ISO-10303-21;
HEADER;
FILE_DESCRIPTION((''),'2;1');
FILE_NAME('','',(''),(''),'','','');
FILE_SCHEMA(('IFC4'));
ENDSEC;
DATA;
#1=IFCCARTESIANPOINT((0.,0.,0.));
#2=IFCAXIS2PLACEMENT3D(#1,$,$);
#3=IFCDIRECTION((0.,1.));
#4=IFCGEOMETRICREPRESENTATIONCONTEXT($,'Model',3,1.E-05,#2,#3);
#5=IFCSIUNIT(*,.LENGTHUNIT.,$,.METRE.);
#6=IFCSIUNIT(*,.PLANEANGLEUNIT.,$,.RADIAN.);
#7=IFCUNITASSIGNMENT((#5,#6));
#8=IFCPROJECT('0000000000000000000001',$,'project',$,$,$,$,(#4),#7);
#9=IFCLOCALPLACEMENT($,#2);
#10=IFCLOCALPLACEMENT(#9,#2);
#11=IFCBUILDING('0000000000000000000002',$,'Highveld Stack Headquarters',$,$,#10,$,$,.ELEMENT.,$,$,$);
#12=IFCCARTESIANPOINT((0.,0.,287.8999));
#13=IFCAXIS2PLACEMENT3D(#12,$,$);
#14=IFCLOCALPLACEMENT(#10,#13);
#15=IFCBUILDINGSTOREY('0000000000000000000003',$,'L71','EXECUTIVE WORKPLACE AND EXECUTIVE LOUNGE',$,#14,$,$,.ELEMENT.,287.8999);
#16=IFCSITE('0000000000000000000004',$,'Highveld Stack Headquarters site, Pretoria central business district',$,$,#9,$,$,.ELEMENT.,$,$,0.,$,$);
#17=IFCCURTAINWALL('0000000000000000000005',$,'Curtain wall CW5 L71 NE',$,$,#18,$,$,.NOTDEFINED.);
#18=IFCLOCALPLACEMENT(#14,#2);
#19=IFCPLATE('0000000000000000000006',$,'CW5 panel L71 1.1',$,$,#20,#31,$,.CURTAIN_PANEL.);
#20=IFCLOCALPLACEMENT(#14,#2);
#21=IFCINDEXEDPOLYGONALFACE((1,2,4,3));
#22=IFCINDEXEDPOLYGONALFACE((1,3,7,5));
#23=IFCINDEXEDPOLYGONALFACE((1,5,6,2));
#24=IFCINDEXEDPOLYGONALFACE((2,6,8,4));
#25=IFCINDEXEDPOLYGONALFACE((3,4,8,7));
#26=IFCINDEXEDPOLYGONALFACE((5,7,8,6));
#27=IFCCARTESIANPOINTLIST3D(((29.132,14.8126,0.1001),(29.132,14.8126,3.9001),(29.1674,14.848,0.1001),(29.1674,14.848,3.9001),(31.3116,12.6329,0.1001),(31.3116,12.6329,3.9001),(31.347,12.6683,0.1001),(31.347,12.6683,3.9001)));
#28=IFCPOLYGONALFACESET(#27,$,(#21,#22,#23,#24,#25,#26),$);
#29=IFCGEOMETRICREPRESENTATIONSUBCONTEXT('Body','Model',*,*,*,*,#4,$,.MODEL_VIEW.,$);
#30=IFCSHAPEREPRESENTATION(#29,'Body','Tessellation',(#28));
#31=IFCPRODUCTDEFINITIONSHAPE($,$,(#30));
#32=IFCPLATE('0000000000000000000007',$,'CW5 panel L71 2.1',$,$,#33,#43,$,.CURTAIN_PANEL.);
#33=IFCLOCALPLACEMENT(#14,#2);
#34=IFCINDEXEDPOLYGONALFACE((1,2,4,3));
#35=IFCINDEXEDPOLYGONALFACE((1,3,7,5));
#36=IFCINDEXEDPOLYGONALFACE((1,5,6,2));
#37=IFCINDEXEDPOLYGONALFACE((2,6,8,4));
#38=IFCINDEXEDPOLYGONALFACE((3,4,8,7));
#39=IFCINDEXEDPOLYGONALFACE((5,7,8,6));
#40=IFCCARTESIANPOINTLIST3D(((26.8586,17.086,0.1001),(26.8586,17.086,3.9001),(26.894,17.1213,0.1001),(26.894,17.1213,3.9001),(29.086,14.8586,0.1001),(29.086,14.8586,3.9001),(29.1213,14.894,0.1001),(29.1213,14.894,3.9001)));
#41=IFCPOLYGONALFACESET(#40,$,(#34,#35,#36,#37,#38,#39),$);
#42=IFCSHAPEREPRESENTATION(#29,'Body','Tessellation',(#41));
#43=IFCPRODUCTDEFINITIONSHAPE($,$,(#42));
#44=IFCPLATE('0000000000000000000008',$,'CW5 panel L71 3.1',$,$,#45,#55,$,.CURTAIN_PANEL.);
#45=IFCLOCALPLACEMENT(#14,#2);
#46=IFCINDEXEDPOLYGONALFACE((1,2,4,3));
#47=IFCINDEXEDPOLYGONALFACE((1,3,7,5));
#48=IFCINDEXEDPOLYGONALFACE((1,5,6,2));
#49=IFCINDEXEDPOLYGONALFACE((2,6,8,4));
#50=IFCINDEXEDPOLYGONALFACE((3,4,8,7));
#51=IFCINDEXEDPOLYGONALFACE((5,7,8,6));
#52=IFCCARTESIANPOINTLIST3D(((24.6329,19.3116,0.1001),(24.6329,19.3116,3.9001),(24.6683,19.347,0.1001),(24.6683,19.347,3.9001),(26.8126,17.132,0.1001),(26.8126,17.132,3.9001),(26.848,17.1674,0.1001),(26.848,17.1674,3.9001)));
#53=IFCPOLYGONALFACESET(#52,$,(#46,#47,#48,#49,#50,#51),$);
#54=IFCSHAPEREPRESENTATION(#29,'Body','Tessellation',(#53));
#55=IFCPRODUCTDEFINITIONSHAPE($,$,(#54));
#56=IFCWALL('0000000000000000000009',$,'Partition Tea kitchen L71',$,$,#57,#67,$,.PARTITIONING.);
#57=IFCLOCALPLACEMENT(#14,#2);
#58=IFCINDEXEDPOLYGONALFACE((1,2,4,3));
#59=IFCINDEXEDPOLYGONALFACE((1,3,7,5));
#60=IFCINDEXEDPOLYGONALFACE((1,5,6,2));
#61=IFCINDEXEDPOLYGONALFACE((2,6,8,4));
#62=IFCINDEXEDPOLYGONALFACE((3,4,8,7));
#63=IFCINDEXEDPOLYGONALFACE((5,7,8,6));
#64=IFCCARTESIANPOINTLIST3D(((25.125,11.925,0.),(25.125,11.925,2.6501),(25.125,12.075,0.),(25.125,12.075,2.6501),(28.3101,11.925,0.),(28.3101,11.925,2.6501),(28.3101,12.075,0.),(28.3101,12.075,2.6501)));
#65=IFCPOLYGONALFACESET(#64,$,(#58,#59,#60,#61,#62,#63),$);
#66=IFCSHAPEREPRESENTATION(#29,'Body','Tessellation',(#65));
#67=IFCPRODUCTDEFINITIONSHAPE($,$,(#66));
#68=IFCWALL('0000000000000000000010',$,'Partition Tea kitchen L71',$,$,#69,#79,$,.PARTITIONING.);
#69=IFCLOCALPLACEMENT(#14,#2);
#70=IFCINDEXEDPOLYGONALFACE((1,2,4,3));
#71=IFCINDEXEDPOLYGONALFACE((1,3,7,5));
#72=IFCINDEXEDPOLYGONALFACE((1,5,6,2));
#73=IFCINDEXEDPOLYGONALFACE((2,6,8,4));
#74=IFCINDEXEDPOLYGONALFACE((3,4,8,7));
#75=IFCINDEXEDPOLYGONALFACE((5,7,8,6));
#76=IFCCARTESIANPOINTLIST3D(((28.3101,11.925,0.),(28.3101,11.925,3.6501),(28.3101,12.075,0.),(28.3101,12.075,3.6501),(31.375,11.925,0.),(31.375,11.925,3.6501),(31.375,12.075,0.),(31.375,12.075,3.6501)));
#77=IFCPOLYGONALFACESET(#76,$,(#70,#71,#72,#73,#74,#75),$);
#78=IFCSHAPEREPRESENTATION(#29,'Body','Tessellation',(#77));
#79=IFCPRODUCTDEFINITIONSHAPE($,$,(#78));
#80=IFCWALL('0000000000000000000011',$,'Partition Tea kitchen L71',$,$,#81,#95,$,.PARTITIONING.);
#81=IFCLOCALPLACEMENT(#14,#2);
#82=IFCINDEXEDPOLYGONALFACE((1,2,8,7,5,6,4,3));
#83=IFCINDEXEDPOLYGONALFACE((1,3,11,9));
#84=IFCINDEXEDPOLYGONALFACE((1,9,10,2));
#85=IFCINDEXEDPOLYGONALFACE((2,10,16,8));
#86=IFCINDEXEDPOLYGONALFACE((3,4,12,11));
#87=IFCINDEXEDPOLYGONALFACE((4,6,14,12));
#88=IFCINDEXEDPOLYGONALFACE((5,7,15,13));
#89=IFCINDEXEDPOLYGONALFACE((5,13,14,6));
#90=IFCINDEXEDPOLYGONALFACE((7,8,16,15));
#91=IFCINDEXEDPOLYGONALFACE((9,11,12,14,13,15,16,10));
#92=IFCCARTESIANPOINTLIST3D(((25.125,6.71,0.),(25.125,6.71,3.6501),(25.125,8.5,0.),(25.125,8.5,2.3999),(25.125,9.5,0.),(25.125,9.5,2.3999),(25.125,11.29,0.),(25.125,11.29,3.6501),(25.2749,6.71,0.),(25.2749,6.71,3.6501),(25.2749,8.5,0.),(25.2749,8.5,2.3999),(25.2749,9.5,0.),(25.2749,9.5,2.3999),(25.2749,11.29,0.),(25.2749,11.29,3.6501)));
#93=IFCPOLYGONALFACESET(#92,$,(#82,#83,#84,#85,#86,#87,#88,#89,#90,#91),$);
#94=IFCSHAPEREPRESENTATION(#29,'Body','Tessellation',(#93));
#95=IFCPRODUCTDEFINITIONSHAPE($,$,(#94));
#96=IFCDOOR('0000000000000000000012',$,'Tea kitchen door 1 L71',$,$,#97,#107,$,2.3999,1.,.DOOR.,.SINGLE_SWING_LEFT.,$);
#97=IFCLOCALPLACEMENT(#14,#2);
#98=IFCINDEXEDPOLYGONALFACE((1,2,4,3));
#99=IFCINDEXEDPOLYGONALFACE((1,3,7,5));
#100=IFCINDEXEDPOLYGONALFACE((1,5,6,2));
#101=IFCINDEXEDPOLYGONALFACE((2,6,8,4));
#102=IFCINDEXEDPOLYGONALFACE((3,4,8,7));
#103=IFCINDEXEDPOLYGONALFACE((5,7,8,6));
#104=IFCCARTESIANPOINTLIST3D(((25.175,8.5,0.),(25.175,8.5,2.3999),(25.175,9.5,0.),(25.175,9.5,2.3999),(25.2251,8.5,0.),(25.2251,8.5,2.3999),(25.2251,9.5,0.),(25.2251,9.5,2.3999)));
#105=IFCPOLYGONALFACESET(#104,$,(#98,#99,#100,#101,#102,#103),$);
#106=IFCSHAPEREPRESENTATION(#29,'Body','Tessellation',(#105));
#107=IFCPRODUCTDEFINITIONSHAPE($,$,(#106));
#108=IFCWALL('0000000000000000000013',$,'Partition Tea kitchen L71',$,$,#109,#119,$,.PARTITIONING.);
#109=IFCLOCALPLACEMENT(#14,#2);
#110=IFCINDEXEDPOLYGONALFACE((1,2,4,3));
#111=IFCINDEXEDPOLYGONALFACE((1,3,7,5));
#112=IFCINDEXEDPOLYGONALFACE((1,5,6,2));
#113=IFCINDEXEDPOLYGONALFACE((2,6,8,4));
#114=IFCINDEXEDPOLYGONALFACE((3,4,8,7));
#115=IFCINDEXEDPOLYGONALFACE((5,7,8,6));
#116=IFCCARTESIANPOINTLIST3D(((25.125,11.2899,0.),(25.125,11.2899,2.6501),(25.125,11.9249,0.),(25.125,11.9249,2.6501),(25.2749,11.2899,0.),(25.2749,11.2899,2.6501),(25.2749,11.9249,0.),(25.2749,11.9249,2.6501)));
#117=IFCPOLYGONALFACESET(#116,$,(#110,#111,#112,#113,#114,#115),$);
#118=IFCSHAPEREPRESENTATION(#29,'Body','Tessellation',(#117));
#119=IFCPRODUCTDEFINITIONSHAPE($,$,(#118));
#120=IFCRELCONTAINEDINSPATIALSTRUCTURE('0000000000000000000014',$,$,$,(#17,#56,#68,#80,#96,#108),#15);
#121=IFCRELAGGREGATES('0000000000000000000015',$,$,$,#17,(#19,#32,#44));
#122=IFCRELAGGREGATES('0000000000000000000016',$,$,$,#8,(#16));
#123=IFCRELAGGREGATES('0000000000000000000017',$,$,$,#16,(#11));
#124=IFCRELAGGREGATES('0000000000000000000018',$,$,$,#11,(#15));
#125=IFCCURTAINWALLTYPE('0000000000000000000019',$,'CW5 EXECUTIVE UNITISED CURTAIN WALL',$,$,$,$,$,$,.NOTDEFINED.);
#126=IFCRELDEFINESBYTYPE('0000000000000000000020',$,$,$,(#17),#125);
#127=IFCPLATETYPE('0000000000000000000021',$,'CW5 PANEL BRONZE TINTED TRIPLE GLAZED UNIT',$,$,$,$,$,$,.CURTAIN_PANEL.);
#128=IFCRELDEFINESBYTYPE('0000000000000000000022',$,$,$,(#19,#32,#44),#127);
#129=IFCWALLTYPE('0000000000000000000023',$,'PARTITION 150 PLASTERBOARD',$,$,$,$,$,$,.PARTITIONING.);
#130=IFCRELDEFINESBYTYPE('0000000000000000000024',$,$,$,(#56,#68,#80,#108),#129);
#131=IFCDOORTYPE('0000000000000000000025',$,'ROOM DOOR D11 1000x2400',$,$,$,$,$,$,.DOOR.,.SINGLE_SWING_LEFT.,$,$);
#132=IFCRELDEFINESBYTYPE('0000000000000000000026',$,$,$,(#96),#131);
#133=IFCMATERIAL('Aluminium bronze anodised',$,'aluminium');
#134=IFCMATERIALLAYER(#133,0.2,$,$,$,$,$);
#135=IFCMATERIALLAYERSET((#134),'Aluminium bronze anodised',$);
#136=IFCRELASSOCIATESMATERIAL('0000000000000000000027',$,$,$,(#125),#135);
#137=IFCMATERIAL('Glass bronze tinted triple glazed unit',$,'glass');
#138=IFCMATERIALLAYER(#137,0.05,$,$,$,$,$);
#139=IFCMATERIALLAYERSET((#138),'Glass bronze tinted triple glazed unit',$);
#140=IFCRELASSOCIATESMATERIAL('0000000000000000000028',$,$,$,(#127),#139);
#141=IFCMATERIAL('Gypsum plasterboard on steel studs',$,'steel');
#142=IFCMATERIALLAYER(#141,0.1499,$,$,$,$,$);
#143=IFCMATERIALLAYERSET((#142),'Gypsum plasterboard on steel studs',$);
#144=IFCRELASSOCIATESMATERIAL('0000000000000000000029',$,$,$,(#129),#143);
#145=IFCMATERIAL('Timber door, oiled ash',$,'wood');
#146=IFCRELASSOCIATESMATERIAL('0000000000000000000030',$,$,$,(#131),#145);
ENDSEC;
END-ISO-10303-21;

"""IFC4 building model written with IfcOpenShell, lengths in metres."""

from ifc_helpers import new_model, si_unit, direction, frame, frame_2d, origin, origin_2d, place, context, subcontext, project, spatial, rectangle, extrude, material, layer, layer_set, type_object, element, fill, aggregate, save


model = new_model("IFC4")

# Units and contexts
model_context = context("Model", 3, precision=1e-05, world=origin(), true_north=direction((0.0, 1.0)))
body_context = subcontext(model_context, "Body", "Model", "MODEL_VIEW")
ifc_project = project(units=[si_unit("LENGTHUNIT", "METRE"), si_unit("PLANEANGLEUNIT", "RADIAN")], contexts=[model_context])

# Site, building, storey
site_placement = place(None, origin())
site = spatial("IfcSite", under=ifc_project, at=site_placement, Name="Highveld Stack Headquarters site, Pretoria central business district", CompositionType="ELEMENT", RefElevation=0.0)
building_placement = place(site_placement, origin())
building = spatial("IfcBuilding", under=site, at=building_placement, Name="Highveld Stack Headquarters", CompositionType="ELEMENT")
storey_placement = place(building_placement, frame((0.0, 0.0, 287.8999)))
storey = spatial("IfcBuildingStorey", under=building, at=storey_placement, Name="L71", Description="EXECUTIVE WORKPLACE AND EXECUTIVE LOUNGE", CompositionType="ELEMENT", Elevation=287.8999)

# Curtain wall
ifc_material_1 = material(Name="Aluminium bronze anodised", Category="aluminium")
ifc_layer_1 = layer(ifc_material_1, 0.2)
ifc_layer_set_1 = layer_set([ifc_layer_1], Name="Aluminium bronze anodised")
curtain_wall_type = type_object("IfcCurtainWallType", Name="CW5 EXECUTIVE UNITISED CURTAIN WALL", PredefinedType="NOTDEFINED", material=ifc_layer_set_1)
curtain_wall_1_placement = place(storey_placement, origin())
curtain_wall_1 = element("IfcCurtainWall", 1, at=curtain_wall_1_placement, inside=storey, type_object=curtain_wall_type, Name="Curtain wall CW5 L71 NE", PredefinedType="NOTDEFINED")

# Plates
ifc_material_2 = material(Name="Glass bronze tinted triple glazed unit", Category="glass")
ifc_layer_2 = layer(ifc_material_2, 0.05)
ifc_layer_set_2 = layer_set([ifc_layer_2], Name="Glass bronze tinted triple glazed unit")
plate_type = type_object("IfcPlateType", Name="CW5 PANEL BRONZE TINTED TRIPLE GLAZED UNIT", PredefinedType="CURTAIN_PANEL", material=ifc_layer_set_2)
plate_1_placement = place(storey_placement, frame((30.2395, 13.7405, 0.1001), z_axis=(0.0, 0.0, 1.0), x_axis=(-0.707107, 0.707107, 0.0)))
plate_1 = element("IfcPlate", 2, at=plate_1_placement, type_object=plate_type, Name="CW5 panel L71 1.1", PredefinedType="CURTAIN_PANEL", context=body_context, shape_type="SweptSolid", body=[
    extrude(rectangle(XDim=3.0825, YDim=0.05, at=origin_2d()), origin(), (0.0, 0.0, 1.0), 3.8),
])
plate_2_placement = place(storey_placement, frame((27.99, 15.99, 0.1001), z_axis=(0.0, 0.0, 1.0), x_axis=(-0.707107, 0.707107, 0.0)))
plate_2 = element("IfcPlate", 3, at=plate_2_placement, type_object=plate_type, Name="CW5 panel L71 2.1", PredefinedType="CURTAIN_PANEL", context=body_context, shape_type="SweptSolid", body=[
    extrude(rectangle(XDim=3.1499, YDim=0.05, at=origin_2d()), origin(), (0.0, 0.0, 1.0), 3.8),
])
plate_3_placement = place(storey_placement, frame((25.7405, 18.2395, 0.1001), z_axis=(0.0, 0.0, 1.0), x_axis=(-0.707107, 0.707107, 0.0)))
plate_3 = element("IfcPlate", 4, at=plate_3_placement, type_object=plate_type, Name="CW5 panel L71 3.1", PredefinedType="CURTAIN_PANEL", context=body_context, shape_type="SweptSolid", body=[
    extrude(rectangle(XDim=3.0825, YDim=0.05, at=origin_2d()), origin(), (0.0, 0.0, 1.0), 3.8),
])
aggregate(curtain_wall_1, [plate_1, plate_2, plate_3])

# Walls
ifc_material_3 = material(Name="Gypsum plasterboard on steel studs", Category="steel")
ifc_layer_3 = layer(ifc_material_3, 0.1499)
ifc_layer_set_3 = layer_set([ifc_layer_3], Name="Gypsum plasterboard on steel studs")
wall_type = type_object("IfcWallType", Name="PARTITION 150 PLASTERBOARD", PredefinedType="PARTITIONING", material=ifc_layer_set_3)
wall_1_placement = place(storey_placement, frame((25.125, 12.0, 0.0), z_axis=(0.0, 0.0, 1.0), x_axis=(1.0, 0.0, 0.0)))
element("IfcWall", 5, at=wall_1_placement, inside=storey, type_object=wall_type, Name="Partition Tea kitchen L71", PredefinedType="PARTITIONING", context=body_context, shape_type="SweptSolid", body=[
    extrude(rectangle(XDim=3.1851, YDim=0.1499, at=frame_2d((1.5925, 0.0))), origin(), (0.0, 0.0, 1.0), 2.6501),
])
wall_2_placement = place(storey_placement, frame((28.3101, 12.0, 0.0), z_axis=(0.0, 0.0, 1.0), x_axis=(1.0, 0.0, 0.0)))
element("IfcWall", 6, at=wall_2_placement, inside=storey, type_object=wall_type, Name="Partition Tea kitchen L71", PredefinedType="PARTITIONING", context=body_context, shape_type="SweptSolid", body=[
    extrude(rectangle(XDim=3.0649, YDim=0.1499, at=frame_2d((1.5325, 0.0))), origin(), (0.0, 0.0, 1.0), 3.6501),
])

# Wall, opening, door
wall_3_placement = place(storey_placement, frame((25.2, 6.71, 0.0), z_axis=(0.0, 0.0, 1.0), x_axis=(0.0, 1.0, 0.0)))
wall_3 = element("IfcWall", 7, at=wall_3_placement, inside=storey, type_object=wall_type, Name="Partition Tea kitchen L71", PredefinedType="PARTITIONING", context=body_context, shape_type="SweptSolid", body=[
    extrude(rectangle(XDim=4.5801, YDim=0.1499, at=frame_2d((2.29, 0.0))), origin(), (0.0, 0.0, 1.0), 3.6501),
])
opening_placement = place(wall_3_placement, frame((1.79, 0.0, 0.0)))
opening = element("IfcOpeningElement", 8, at=opening_placement, cuts=wall_3, PredefinedType="OPENING", context=body_context, shape_type="SweptSolid", body=[
    extrude(rectangle(XDim=1.0, YDim=2.3999, at=frame_2d((0.5, 1.2))), frame((0.0, 0.085, 0.0), z_axis=(0.0, -1.0, 0.0), x_axis=(1.0, 0.0, 0.0)), (0.0, 0.0, 1.0), 0.1699),
])
ifc_material_4 = material(Name="Timber door, oiled ash", Category="wood")
door_type = type_object("IfcDoorType", Name="ROOM DOOR D11 1000x2400", OperationType="SINGLE_SWING_LEFT", PredefinedType="DOOR", material=ifc_material_4)
door_placement = place(opening_placement, origin())
door = element("IfcDoor", 9, at=door_placement, inside=storey, type_object=door_type, Name="Tea kitchen door 1 L71", OperationType="SINGLE_SWING_LEFT", OverallHeight=2.3999, OverallWidth=1.0, PredefinedType="DOOR", context=body_context, shape_type="SweptSolid", body=[
    extrude(rectangle(XDim=1.0, YDim=2.3999, at=frame_2d((0.5, 1.2))), frame((0.0, 0.0249, 0.0), z_axis=(0.0, -1.0, 0.0), x_axis=(1.0, 0.0, 0.0)), (0.0, 0.0, 1.0), 0.05),
])
fill(opening, door)

# Wall
wall_4_placement = place(storey_placement, frame((25.2, 11.29, 0.0), z_axis=(0.0, 0.0, 1.0), x_axis=(0.0, 1.0, 0.0)))
element("IfcWall", 10, at=wall_4_placement, inside=storey, type_object=wall_type, Name="Partition Tea kitchen L71", PredefinedType="PARTITIONING", context=body_context, shape_type="SweptSolid", body=[
    extrude(rectangle(XDim=0.635, YDim=0.1499, at=frame_2d((0.3174, 0.0))), origin(), (0.0, 0.0, 1.0), 2.6501),
])

save(model, "model.ifc")
